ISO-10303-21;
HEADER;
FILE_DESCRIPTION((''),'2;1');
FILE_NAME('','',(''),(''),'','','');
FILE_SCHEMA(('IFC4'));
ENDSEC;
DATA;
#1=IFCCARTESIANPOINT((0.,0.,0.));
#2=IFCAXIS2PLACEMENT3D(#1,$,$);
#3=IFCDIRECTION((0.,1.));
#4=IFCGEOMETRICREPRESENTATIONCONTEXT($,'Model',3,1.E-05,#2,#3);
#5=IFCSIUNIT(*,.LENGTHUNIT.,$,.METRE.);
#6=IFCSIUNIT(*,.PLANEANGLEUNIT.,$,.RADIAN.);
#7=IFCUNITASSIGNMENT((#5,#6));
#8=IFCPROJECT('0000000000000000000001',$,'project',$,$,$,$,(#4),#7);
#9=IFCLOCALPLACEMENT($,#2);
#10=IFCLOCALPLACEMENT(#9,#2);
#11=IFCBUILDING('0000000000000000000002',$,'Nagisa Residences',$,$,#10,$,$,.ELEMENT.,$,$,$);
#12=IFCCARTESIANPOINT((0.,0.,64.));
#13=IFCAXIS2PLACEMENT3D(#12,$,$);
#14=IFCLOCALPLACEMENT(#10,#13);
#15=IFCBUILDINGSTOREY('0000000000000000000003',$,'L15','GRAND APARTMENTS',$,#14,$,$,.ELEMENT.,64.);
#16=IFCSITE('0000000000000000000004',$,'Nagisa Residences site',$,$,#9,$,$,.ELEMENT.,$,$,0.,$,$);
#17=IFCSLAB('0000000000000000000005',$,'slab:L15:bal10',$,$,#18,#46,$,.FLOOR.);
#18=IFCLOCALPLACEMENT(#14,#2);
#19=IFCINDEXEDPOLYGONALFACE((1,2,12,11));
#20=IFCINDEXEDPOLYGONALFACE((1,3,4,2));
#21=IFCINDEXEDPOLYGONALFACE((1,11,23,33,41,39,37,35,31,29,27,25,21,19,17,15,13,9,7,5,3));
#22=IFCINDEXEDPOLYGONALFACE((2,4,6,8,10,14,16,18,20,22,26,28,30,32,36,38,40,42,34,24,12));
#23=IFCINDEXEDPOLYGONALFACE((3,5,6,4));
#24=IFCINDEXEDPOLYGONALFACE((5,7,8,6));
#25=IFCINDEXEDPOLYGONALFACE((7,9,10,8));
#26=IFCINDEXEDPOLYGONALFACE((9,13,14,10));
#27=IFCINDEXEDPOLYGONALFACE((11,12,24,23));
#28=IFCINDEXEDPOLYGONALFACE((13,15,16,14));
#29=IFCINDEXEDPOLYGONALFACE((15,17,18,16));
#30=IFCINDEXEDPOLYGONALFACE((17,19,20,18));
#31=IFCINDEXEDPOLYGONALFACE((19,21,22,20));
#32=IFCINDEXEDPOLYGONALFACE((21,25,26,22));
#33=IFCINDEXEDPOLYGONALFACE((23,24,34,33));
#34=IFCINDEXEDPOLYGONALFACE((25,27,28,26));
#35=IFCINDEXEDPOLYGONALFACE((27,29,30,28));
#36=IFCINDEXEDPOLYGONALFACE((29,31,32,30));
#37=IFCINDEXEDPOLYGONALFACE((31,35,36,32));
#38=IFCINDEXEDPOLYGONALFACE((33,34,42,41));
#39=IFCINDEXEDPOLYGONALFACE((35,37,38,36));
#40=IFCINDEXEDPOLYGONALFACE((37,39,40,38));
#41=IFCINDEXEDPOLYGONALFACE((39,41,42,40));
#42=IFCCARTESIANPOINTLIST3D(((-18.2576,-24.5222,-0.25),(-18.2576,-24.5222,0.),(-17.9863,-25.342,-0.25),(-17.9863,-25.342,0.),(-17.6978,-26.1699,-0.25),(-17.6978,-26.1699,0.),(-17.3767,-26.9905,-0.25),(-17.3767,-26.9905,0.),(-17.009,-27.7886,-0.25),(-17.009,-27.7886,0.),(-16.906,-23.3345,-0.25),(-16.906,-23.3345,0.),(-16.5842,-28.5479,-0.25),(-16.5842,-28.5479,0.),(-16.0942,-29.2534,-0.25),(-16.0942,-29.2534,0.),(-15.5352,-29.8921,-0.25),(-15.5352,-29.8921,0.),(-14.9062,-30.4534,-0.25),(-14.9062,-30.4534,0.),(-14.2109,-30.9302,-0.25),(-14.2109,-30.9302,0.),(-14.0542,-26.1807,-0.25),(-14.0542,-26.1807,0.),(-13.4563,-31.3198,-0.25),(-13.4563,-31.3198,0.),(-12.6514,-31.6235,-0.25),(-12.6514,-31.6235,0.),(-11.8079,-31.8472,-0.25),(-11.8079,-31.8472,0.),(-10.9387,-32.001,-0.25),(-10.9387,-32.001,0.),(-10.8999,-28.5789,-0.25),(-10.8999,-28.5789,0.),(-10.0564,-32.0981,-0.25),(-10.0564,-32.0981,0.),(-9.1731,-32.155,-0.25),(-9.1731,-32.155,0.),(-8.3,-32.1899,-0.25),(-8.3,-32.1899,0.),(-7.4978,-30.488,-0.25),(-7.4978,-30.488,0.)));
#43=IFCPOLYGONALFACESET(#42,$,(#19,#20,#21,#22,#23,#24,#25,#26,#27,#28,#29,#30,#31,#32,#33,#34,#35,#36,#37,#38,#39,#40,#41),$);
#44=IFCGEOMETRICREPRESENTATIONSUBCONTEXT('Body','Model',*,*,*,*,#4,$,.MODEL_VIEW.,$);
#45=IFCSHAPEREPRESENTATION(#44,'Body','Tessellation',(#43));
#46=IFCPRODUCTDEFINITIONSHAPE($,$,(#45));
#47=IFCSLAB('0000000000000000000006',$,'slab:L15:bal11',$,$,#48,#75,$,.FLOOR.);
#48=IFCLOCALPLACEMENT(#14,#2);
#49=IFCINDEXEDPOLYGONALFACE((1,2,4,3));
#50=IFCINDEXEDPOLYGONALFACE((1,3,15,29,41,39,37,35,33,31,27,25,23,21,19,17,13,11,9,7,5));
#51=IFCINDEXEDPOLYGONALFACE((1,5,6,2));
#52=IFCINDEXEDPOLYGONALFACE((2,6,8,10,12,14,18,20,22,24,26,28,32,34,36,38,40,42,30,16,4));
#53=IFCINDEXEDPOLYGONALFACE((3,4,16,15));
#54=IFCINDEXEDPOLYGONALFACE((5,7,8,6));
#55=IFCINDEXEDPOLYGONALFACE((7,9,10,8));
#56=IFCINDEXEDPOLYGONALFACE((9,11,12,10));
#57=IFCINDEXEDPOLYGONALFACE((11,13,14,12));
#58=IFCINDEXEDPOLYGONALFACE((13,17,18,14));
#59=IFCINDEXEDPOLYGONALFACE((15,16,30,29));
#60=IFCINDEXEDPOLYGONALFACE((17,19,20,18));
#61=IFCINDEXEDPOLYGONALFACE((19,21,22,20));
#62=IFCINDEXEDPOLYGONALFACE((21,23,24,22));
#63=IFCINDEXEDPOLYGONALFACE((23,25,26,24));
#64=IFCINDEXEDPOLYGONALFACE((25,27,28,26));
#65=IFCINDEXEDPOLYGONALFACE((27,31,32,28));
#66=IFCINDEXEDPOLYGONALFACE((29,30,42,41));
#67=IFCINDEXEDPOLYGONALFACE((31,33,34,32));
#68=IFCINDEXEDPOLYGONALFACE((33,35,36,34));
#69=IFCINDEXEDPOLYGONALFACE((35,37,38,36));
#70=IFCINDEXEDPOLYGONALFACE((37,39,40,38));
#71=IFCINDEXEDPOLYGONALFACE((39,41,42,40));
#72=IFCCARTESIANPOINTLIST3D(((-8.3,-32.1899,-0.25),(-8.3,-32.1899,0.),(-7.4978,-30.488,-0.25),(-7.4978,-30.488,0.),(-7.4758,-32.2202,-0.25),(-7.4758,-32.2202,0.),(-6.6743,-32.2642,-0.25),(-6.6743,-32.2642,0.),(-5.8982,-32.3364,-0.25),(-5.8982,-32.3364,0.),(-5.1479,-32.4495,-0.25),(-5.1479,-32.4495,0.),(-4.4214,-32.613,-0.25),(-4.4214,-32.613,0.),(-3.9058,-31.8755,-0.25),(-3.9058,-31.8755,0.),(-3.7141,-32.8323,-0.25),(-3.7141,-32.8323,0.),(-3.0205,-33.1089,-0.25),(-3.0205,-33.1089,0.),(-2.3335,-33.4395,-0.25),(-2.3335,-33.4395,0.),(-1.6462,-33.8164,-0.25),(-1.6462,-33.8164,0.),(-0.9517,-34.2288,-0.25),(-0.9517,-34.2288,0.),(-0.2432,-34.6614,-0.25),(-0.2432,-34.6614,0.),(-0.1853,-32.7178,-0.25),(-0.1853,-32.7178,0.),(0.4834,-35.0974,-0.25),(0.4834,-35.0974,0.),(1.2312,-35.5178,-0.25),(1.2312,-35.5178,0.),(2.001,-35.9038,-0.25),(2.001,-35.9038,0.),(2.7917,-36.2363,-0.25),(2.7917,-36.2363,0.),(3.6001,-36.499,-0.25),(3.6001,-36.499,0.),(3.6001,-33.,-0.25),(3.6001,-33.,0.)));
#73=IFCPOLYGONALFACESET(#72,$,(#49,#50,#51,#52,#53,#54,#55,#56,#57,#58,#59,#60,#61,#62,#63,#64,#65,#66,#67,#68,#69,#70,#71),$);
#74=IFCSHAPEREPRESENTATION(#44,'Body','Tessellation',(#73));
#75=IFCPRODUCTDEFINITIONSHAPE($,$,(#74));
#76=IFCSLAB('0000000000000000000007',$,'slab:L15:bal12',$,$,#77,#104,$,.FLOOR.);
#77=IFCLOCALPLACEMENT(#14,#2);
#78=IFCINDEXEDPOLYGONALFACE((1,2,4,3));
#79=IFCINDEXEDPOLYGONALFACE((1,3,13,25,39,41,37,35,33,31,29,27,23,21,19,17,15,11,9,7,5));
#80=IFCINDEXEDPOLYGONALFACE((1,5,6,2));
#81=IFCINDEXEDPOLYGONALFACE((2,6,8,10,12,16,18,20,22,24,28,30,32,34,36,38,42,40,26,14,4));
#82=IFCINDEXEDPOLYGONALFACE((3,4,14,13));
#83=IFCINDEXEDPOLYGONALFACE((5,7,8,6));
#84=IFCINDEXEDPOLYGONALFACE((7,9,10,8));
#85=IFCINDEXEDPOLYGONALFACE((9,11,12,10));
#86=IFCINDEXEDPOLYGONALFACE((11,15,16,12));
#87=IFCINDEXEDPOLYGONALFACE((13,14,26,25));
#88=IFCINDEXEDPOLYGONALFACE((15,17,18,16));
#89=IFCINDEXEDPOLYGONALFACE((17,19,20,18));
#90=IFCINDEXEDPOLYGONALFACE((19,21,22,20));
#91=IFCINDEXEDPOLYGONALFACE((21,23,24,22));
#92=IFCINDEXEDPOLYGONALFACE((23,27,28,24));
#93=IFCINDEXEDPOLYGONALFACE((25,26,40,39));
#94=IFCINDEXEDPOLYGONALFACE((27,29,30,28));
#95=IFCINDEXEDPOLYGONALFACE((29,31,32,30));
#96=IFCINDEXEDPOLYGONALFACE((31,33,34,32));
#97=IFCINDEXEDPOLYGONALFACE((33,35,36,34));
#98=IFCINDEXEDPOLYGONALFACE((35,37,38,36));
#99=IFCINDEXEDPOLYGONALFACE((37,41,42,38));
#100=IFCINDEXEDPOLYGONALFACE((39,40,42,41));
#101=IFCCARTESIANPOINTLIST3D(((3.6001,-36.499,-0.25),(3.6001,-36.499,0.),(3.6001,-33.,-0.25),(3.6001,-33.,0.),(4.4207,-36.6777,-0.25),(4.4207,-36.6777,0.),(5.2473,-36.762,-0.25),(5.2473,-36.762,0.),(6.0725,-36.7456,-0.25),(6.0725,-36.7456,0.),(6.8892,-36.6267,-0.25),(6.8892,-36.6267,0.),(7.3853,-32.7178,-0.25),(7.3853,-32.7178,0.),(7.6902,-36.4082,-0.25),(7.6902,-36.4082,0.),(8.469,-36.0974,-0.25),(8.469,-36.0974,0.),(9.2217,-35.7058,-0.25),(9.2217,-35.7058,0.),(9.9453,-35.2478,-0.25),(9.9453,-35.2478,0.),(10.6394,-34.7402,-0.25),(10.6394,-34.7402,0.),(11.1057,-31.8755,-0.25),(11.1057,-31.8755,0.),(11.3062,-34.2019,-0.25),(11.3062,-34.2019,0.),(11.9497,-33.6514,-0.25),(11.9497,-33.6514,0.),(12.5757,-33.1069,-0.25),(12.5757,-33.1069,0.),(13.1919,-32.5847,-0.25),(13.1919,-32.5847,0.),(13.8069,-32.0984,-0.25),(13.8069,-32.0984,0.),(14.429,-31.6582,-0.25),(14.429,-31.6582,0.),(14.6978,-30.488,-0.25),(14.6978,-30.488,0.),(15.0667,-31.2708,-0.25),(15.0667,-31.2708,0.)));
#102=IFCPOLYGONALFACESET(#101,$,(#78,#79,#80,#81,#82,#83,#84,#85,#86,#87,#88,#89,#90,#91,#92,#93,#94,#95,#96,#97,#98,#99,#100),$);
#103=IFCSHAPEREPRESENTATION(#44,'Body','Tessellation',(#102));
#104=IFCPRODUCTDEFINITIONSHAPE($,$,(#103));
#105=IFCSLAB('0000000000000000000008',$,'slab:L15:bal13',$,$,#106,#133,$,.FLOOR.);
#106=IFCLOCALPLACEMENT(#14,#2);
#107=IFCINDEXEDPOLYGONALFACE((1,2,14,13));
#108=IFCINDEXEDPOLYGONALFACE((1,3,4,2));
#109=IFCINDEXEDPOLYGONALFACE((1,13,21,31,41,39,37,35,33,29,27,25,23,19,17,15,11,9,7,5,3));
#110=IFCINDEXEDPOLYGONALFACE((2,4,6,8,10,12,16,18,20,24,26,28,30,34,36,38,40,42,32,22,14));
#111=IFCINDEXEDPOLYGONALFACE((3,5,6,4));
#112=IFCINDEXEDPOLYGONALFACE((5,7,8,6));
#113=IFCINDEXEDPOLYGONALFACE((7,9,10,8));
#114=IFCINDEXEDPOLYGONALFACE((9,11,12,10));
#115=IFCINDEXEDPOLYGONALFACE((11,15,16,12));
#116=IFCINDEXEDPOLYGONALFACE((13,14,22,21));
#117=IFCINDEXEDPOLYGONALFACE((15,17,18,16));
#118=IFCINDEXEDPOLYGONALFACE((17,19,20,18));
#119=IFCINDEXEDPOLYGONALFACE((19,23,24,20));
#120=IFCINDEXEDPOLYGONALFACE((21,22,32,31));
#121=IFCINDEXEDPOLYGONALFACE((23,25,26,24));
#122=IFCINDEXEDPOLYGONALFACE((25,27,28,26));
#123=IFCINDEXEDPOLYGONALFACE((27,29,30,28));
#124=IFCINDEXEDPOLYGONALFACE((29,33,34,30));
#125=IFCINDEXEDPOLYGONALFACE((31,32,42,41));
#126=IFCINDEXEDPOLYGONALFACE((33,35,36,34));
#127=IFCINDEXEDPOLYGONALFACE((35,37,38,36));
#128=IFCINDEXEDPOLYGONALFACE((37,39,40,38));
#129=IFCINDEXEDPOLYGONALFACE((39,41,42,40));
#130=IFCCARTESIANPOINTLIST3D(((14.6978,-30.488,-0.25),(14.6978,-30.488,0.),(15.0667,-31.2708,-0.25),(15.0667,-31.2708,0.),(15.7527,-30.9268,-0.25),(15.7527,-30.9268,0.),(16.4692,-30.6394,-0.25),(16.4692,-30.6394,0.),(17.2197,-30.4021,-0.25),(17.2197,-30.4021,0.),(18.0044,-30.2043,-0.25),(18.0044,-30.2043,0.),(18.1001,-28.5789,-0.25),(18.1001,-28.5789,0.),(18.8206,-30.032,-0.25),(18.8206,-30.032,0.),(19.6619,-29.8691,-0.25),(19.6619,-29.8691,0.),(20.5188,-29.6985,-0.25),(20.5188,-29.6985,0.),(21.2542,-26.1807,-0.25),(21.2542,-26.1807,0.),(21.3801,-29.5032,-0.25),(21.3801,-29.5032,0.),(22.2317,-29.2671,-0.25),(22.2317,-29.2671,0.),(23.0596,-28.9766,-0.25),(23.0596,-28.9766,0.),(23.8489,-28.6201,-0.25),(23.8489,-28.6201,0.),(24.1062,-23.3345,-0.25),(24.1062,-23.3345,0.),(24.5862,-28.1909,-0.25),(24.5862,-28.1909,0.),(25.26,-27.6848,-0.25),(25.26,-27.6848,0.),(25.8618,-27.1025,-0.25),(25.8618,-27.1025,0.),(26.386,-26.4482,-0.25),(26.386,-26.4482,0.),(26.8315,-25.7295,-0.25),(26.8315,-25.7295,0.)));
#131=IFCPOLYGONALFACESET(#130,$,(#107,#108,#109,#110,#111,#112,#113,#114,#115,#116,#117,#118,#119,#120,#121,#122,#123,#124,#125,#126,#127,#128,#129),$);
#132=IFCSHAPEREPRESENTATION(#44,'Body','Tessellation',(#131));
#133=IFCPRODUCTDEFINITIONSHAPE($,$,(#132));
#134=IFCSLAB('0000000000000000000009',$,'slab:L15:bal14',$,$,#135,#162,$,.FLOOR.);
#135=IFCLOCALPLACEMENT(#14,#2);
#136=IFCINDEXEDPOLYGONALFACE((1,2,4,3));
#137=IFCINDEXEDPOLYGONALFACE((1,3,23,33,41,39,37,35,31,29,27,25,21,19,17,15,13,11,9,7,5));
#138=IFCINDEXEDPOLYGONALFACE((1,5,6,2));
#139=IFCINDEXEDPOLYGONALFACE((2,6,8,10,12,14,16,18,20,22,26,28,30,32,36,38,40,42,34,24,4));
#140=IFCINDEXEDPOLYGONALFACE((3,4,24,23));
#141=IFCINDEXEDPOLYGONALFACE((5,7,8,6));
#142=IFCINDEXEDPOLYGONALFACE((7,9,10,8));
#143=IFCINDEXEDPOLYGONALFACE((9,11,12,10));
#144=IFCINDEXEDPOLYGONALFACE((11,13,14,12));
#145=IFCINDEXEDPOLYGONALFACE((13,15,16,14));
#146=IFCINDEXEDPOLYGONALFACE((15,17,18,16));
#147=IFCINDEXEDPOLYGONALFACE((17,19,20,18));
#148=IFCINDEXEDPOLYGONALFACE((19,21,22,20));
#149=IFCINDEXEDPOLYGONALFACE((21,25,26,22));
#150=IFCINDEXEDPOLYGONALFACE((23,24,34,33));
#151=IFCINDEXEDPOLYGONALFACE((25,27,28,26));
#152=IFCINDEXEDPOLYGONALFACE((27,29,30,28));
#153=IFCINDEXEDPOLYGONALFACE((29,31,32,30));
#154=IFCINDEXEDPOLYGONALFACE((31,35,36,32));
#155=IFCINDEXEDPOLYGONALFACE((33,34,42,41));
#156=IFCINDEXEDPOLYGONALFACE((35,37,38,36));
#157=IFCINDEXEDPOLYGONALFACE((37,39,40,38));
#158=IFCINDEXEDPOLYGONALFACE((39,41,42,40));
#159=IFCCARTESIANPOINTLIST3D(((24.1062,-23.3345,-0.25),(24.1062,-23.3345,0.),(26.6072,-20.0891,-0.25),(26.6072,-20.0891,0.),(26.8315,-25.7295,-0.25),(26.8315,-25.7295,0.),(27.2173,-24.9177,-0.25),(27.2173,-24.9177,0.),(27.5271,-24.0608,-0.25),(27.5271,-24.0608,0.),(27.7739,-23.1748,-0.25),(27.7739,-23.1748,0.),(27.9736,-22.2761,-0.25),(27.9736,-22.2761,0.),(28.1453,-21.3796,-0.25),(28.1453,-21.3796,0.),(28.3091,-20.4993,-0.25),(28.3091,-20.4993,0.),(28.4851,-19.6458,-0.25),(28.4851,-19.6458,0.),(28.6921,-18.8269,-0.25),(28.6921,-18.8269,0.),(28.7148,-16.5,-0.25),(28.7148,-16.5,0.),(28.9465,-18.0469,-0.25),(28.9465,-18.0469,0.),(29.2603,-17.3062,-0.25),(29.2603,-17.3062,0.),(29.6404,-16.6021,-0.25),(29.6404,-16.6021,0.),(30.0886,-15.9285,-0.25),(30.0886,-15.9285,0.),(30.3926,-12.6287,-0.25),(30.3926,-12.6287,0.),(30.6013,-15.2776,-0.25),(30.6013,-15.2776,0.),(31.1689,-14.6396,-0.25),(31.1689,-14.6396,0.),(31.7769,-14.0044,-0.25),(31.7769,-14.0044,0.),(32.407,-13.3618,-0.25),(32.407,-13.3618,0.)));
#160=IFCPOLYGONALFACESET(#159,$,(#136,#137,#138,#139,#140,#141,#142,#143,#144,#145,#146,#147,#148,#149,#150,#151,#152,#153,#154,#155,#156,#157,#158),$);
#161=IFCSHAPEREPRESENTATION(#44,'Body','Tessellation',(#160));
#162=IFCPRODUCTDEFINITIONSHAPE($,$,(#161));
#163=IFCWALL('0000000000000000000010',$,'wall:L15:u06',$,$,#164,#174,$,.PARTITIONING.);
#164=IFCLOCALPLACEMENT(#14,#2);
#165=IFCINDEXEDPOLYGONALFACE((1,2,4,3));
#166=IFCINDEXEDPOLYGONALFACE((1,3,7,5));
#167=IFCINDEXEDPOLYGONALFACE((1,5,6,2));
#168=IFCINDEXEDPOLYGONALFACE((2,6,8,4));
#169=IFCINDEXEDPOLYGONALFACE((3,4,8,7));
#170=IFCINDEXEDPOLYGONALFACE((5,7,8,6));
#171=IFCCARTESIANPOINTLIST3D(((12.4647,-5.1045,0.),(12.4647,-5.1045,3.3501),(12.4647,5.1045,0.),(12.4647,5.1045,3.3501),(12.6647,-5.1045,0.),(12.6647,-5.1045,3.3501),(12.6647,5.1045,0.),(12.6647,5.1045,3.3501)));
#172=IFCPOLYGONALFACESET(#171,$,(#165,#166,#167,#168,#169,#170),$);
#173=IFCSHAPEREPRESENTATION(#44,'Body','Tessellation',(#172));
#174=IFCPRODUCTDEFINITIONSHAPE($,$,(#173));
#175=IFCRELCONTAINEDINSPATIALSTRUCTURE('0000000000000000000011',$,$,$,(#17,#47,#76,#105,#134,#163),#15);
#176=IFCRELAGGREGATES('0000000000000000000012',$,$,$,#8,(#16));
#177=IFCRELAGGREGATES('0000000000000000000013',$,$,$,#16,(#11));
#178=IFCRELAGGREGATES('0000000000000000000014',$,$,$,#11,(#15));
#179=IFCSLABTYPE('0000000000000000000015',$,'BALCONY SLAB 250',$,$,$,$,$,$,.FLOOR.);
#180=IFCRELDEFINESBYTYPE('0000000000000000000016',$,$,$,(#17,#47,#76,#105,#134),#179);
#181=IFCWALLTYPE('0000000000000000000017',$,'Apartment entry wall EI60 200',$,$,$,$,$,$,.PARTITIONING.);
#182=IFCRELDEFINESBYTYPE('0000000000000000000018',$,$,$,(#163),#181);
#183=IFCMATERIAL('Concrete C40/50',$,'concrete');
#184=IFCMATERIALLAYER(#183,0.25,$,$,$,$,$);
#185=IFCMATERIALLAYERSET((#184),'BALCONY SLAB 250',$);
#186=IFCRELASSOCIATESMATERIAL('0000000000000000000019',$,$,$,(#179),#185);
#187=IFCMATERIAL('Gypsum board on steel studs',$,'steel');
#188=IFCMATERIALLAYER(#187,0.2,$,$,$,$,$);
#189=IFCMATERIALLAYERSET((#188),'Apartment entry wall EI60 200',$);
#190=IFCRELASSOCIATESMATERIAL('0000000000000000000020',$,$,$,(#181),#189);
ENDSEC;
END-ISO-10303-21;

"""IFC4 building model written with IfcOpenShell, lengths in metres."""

from ifc_helpers import new_model, si_unit, direction, frame, frame_2d, origin, place, context, subcontext, project, spatial, polyline, rectangle, outline, extrude, material, layer, layer_set, type_object, element, save


model = new_model("IFC4")

# Units and contexts
model_context = context("Model", 3, precision=1e-05, world=origin(), true_north=direction((0.0, 1.0)))
body_context = subcontext(model_context, "Body", "Model", "MODEL_VIEW")
ifc_project = project(units=[si_unit("LENGTHUNIT", "METRE"), si_unit("PLANEANGLEUNIT", "RADIAN")], contexts=[model_context])

# Site, building, storey
site_placement = place(None, origin())
site = spatial("IfcSite", under=ifc_project, at=site_placement, Name="Nagisa Residences site", CompositionType="ELEMENT", RefElevation=0.0)
building_placement = place(site_placement, origin())
building = spatial("IfcBuilding", under=site, at=building_placement, Name="Nagisa Residences", CompositionType="ELEMENT")
storey_placement = place(building_placement, frame((0.0, 0.0, 64.0)))
storey = spatial("IfcBuildingStorey", under=building, at=storey_placement, Name="L15", Description="GRAND APARTMENTS", CompositionType="ELEMENT", Elevation=64.0)

# Slabs
ifc_material_1 = material(Name="Concrete C40/50", Category="concrete")
ifc_layer_1 = layer(ifc_material_1, 0.25)
ifc_layer_set_1 = layer_set([ifc_layer_1], Name="BALCONY SLAB 250")
slab_type = type_object("IfcSlabType", Name="BALCONY SLAB 250", PredefinedType="FLOOR", material=ifc_layer_set_1)
slab_1_placement = place(storey_placement, frame((0.0, 0.0, -0.25)))
element("IfcSlab", 1, at=slab_1_placement, inside=storey, type_object=slab_type, Name="slab:L15:bal10", PredefinedType="FLOOR", context=body_context, shape_type="SweptSolid", body=[
    extrude(outline(polyline([(-18.2576, -24.5222), (-17.9863, -25.342), (-17.6978, -26.1699), (-17.3767, -26.9905), (-17.009, -27.7886), (-16.5842, -28.5479), (-16.0942, -29.2534), (-15.5352, -29.8921), (-14.9062, -30.4534), (-14.2109, -30.9302), (-13.4563, -31.3198), (-12.6514, -31.6235), (-11.8079, -31.8472), (-10.9387, -32.001), (-10.0564, -32.0981), (-9.1731, -32.155), (-8.3, -32.1899), (-7.4978, -30.488), (-10.8999, -28.5789), (-14.0542, -26.1807), (-16.906, -23.3345), (-18.2576, -24.5222)])), origin(), (0.0, 0.0, 1.0), 0.25),
])
slab_2_placement = place(storey_placement, frame((0.0, 0.0, -0.25)))
element("IfcSlab", 2, at=slab_2_placement, inside=storey, type_object=slab_type, Name="slab:L15:bal11", PredefinedType="FLOOR", context=body_context, shape_type="SweptSolid", body=[
    extrude(outline(polyline([(-8.3, -32.1899), (-7.4758, -32.2202), (-6.6743, -32.2642), (-5.8982, -32.3364), (-5.1479, -32.4495), (-4.4214, -32.613), (-3.7141, -32.8323), (-3.0205, -33.1089), (-2.3335, -33.4395), (-1.6462, -33.8164), (-0.9517, -34.2288), (-0.2432, -34.6614), (0.4834, -35.0974), (1.2312, -35.5178), (2.001, -35.9038), (2.7917, -36.2363), (3.6001, -36.499), (3.6001, -33.0), (-0.1853, -32.7178), (-3.9058, -31.8755), (-7.4978, -30.488), (-8.3, -32.1899)])), origin(), (0.0, 0.0, 1.0), 0.25),
])
slab_3_placement = place(storey_placement, frame((0.0, 0.0, -0.25)))
element("IfcSlab", 3, at=slab_3_placement, inside=storey, type_object=slab_type, Name="slab:L15:bal12", PredefinedType="FLOOR", context=body_context, shape_type="SweptSolid", body=[
    extrude(outline(polyline([(3.6001, -36.499), (4.4207, -36.6777), (5.2473, -36.762), (6.0725, -36.7456), (6.8892, -36.6267), (7.6902, -36.4082), (8.469, -36.0974), (9.2217, -35.7058), (9.9453, -35.2478), (10.6394, -34.7402), (11.3062, -34.2019), (11.9497, -33.6514), (12.5757, -33.1069), (13.1919, -32.5847), (13.8069, -32.0984), (14.429, -31.6582), (15.0667, -31.2708), (14.6978, -30.488), (11.1057, -31.8755), (7.3853, -32.7178), (3.6001, -33.0), (3.6001, -36.499)])), origin(), (0.0, 0.0, 1.0), 0.25),
])
slab_4_placement = place(storey_placement, frame((0.0, 0.0, -0.25)))
element("IfcSlab", 4, at=slab_4_placement, inside=storey, type_object=slab_type, Name="slab:L15:bal13", PredefinedType="FLOOR", context=body_context, shape_type="SweptSolid", body=[
    extrude(outline(polyline([(15.0667, -31.2708), (15.7527, -30.9268), (16.4692, -30.6394), (17.2197, -30.4021), (18.0044, -30.2043), (18.8206, -30.032), (19.6619, -29.8691), (20.5188, -29.6985), (21.3801, -29.5032), (22.2317, -29.2671), (23.0596, -28.9766), (23.8489, -28.6201), (24.5862, -28.1909), (25.26, -27.6848), (25.8618, -27.1025), (26.386, -26.4482), (26.8315, -25.7295), (24.1062, -23.3345), (21.2542, -26.1807), (18.1001, -28.5789), (14.6978, -30.488), (15.0667, -31.2708)])), origin(), (0.0, 0.0, 1.0), 0.25),
])
slab_5_placement = place(storey_placement, frame((0.0, 0.0, -0.25)))
element("IfcSlab", 5, at=slab_5_placement, inside=storey, type_object=slab_type, Name="slab:L15:bal14", PredefinedType="FLOOR", context=body_context, shape_type="SweptSolid", body=[
    extrude(outline(polyline([(26.8315, -25.7295), (27.2173, -24.9177), (27.5271, -24.0608), (27.7739, -23.1748), (27.9736, -22.2761), (28.1453, -21.3796), (28.3091, -20.4993), (28.4851, -19.6458), (28.6921, -18.8269), (28.9465, -18.0469), (29.2603, -17.3062), (29.6404, -16.6021), (30.0886, -15.9285), (30.6013, -15.2776), (31.1689, -14.6396), (31.7769, -14.0044), (32.407, -13.3618), (30.3926, -12.6287), (28.7148, -16.5), (26.6072, -20.0891), (24.1062, -23.3345), (26.8315, -25.7295)])), origin(), (0.0, 0.0, 1.0), 0.25),
])

# Wall
ifc_material_2 = material(Name="Gypsum board on steel studs", Category="steel")
ifc_layer_2 = layer(ifc_material_2, 0.2)
ifc_layer_set_2 = layer_set([ifc_layer_2], Name="Apartment entry wall EI60 200")
wall_type_1 = type_object("IfcWallType", Name="Apartment entry wall EI60 200", PredefinedType="PARTITIONING", material=ifc_layer_set_2)
wall_1_placement = place(storey_placement, frame((12.5647, -5.1045, 0.0), z_axis=(0.0, 0.0, 1.0), x_axis=(0.0, 1.0, 0.0)))
element("IfcWall", 6, at=wall_1_placement, inside=storey, type_object=wall_type_1, Name="wall:L15:u06", PredefinedType="PARTITIONING", context=body_context, shape_type="SweptSolid", body=[
    extrude(rectangle(XDim=10.209, YDim=0.2, at=frame_2d((5.1045, 0.0))), origin(), (0.0, 0.0, 1.0), 3.3501),
])

save(model, "model.ifc")
